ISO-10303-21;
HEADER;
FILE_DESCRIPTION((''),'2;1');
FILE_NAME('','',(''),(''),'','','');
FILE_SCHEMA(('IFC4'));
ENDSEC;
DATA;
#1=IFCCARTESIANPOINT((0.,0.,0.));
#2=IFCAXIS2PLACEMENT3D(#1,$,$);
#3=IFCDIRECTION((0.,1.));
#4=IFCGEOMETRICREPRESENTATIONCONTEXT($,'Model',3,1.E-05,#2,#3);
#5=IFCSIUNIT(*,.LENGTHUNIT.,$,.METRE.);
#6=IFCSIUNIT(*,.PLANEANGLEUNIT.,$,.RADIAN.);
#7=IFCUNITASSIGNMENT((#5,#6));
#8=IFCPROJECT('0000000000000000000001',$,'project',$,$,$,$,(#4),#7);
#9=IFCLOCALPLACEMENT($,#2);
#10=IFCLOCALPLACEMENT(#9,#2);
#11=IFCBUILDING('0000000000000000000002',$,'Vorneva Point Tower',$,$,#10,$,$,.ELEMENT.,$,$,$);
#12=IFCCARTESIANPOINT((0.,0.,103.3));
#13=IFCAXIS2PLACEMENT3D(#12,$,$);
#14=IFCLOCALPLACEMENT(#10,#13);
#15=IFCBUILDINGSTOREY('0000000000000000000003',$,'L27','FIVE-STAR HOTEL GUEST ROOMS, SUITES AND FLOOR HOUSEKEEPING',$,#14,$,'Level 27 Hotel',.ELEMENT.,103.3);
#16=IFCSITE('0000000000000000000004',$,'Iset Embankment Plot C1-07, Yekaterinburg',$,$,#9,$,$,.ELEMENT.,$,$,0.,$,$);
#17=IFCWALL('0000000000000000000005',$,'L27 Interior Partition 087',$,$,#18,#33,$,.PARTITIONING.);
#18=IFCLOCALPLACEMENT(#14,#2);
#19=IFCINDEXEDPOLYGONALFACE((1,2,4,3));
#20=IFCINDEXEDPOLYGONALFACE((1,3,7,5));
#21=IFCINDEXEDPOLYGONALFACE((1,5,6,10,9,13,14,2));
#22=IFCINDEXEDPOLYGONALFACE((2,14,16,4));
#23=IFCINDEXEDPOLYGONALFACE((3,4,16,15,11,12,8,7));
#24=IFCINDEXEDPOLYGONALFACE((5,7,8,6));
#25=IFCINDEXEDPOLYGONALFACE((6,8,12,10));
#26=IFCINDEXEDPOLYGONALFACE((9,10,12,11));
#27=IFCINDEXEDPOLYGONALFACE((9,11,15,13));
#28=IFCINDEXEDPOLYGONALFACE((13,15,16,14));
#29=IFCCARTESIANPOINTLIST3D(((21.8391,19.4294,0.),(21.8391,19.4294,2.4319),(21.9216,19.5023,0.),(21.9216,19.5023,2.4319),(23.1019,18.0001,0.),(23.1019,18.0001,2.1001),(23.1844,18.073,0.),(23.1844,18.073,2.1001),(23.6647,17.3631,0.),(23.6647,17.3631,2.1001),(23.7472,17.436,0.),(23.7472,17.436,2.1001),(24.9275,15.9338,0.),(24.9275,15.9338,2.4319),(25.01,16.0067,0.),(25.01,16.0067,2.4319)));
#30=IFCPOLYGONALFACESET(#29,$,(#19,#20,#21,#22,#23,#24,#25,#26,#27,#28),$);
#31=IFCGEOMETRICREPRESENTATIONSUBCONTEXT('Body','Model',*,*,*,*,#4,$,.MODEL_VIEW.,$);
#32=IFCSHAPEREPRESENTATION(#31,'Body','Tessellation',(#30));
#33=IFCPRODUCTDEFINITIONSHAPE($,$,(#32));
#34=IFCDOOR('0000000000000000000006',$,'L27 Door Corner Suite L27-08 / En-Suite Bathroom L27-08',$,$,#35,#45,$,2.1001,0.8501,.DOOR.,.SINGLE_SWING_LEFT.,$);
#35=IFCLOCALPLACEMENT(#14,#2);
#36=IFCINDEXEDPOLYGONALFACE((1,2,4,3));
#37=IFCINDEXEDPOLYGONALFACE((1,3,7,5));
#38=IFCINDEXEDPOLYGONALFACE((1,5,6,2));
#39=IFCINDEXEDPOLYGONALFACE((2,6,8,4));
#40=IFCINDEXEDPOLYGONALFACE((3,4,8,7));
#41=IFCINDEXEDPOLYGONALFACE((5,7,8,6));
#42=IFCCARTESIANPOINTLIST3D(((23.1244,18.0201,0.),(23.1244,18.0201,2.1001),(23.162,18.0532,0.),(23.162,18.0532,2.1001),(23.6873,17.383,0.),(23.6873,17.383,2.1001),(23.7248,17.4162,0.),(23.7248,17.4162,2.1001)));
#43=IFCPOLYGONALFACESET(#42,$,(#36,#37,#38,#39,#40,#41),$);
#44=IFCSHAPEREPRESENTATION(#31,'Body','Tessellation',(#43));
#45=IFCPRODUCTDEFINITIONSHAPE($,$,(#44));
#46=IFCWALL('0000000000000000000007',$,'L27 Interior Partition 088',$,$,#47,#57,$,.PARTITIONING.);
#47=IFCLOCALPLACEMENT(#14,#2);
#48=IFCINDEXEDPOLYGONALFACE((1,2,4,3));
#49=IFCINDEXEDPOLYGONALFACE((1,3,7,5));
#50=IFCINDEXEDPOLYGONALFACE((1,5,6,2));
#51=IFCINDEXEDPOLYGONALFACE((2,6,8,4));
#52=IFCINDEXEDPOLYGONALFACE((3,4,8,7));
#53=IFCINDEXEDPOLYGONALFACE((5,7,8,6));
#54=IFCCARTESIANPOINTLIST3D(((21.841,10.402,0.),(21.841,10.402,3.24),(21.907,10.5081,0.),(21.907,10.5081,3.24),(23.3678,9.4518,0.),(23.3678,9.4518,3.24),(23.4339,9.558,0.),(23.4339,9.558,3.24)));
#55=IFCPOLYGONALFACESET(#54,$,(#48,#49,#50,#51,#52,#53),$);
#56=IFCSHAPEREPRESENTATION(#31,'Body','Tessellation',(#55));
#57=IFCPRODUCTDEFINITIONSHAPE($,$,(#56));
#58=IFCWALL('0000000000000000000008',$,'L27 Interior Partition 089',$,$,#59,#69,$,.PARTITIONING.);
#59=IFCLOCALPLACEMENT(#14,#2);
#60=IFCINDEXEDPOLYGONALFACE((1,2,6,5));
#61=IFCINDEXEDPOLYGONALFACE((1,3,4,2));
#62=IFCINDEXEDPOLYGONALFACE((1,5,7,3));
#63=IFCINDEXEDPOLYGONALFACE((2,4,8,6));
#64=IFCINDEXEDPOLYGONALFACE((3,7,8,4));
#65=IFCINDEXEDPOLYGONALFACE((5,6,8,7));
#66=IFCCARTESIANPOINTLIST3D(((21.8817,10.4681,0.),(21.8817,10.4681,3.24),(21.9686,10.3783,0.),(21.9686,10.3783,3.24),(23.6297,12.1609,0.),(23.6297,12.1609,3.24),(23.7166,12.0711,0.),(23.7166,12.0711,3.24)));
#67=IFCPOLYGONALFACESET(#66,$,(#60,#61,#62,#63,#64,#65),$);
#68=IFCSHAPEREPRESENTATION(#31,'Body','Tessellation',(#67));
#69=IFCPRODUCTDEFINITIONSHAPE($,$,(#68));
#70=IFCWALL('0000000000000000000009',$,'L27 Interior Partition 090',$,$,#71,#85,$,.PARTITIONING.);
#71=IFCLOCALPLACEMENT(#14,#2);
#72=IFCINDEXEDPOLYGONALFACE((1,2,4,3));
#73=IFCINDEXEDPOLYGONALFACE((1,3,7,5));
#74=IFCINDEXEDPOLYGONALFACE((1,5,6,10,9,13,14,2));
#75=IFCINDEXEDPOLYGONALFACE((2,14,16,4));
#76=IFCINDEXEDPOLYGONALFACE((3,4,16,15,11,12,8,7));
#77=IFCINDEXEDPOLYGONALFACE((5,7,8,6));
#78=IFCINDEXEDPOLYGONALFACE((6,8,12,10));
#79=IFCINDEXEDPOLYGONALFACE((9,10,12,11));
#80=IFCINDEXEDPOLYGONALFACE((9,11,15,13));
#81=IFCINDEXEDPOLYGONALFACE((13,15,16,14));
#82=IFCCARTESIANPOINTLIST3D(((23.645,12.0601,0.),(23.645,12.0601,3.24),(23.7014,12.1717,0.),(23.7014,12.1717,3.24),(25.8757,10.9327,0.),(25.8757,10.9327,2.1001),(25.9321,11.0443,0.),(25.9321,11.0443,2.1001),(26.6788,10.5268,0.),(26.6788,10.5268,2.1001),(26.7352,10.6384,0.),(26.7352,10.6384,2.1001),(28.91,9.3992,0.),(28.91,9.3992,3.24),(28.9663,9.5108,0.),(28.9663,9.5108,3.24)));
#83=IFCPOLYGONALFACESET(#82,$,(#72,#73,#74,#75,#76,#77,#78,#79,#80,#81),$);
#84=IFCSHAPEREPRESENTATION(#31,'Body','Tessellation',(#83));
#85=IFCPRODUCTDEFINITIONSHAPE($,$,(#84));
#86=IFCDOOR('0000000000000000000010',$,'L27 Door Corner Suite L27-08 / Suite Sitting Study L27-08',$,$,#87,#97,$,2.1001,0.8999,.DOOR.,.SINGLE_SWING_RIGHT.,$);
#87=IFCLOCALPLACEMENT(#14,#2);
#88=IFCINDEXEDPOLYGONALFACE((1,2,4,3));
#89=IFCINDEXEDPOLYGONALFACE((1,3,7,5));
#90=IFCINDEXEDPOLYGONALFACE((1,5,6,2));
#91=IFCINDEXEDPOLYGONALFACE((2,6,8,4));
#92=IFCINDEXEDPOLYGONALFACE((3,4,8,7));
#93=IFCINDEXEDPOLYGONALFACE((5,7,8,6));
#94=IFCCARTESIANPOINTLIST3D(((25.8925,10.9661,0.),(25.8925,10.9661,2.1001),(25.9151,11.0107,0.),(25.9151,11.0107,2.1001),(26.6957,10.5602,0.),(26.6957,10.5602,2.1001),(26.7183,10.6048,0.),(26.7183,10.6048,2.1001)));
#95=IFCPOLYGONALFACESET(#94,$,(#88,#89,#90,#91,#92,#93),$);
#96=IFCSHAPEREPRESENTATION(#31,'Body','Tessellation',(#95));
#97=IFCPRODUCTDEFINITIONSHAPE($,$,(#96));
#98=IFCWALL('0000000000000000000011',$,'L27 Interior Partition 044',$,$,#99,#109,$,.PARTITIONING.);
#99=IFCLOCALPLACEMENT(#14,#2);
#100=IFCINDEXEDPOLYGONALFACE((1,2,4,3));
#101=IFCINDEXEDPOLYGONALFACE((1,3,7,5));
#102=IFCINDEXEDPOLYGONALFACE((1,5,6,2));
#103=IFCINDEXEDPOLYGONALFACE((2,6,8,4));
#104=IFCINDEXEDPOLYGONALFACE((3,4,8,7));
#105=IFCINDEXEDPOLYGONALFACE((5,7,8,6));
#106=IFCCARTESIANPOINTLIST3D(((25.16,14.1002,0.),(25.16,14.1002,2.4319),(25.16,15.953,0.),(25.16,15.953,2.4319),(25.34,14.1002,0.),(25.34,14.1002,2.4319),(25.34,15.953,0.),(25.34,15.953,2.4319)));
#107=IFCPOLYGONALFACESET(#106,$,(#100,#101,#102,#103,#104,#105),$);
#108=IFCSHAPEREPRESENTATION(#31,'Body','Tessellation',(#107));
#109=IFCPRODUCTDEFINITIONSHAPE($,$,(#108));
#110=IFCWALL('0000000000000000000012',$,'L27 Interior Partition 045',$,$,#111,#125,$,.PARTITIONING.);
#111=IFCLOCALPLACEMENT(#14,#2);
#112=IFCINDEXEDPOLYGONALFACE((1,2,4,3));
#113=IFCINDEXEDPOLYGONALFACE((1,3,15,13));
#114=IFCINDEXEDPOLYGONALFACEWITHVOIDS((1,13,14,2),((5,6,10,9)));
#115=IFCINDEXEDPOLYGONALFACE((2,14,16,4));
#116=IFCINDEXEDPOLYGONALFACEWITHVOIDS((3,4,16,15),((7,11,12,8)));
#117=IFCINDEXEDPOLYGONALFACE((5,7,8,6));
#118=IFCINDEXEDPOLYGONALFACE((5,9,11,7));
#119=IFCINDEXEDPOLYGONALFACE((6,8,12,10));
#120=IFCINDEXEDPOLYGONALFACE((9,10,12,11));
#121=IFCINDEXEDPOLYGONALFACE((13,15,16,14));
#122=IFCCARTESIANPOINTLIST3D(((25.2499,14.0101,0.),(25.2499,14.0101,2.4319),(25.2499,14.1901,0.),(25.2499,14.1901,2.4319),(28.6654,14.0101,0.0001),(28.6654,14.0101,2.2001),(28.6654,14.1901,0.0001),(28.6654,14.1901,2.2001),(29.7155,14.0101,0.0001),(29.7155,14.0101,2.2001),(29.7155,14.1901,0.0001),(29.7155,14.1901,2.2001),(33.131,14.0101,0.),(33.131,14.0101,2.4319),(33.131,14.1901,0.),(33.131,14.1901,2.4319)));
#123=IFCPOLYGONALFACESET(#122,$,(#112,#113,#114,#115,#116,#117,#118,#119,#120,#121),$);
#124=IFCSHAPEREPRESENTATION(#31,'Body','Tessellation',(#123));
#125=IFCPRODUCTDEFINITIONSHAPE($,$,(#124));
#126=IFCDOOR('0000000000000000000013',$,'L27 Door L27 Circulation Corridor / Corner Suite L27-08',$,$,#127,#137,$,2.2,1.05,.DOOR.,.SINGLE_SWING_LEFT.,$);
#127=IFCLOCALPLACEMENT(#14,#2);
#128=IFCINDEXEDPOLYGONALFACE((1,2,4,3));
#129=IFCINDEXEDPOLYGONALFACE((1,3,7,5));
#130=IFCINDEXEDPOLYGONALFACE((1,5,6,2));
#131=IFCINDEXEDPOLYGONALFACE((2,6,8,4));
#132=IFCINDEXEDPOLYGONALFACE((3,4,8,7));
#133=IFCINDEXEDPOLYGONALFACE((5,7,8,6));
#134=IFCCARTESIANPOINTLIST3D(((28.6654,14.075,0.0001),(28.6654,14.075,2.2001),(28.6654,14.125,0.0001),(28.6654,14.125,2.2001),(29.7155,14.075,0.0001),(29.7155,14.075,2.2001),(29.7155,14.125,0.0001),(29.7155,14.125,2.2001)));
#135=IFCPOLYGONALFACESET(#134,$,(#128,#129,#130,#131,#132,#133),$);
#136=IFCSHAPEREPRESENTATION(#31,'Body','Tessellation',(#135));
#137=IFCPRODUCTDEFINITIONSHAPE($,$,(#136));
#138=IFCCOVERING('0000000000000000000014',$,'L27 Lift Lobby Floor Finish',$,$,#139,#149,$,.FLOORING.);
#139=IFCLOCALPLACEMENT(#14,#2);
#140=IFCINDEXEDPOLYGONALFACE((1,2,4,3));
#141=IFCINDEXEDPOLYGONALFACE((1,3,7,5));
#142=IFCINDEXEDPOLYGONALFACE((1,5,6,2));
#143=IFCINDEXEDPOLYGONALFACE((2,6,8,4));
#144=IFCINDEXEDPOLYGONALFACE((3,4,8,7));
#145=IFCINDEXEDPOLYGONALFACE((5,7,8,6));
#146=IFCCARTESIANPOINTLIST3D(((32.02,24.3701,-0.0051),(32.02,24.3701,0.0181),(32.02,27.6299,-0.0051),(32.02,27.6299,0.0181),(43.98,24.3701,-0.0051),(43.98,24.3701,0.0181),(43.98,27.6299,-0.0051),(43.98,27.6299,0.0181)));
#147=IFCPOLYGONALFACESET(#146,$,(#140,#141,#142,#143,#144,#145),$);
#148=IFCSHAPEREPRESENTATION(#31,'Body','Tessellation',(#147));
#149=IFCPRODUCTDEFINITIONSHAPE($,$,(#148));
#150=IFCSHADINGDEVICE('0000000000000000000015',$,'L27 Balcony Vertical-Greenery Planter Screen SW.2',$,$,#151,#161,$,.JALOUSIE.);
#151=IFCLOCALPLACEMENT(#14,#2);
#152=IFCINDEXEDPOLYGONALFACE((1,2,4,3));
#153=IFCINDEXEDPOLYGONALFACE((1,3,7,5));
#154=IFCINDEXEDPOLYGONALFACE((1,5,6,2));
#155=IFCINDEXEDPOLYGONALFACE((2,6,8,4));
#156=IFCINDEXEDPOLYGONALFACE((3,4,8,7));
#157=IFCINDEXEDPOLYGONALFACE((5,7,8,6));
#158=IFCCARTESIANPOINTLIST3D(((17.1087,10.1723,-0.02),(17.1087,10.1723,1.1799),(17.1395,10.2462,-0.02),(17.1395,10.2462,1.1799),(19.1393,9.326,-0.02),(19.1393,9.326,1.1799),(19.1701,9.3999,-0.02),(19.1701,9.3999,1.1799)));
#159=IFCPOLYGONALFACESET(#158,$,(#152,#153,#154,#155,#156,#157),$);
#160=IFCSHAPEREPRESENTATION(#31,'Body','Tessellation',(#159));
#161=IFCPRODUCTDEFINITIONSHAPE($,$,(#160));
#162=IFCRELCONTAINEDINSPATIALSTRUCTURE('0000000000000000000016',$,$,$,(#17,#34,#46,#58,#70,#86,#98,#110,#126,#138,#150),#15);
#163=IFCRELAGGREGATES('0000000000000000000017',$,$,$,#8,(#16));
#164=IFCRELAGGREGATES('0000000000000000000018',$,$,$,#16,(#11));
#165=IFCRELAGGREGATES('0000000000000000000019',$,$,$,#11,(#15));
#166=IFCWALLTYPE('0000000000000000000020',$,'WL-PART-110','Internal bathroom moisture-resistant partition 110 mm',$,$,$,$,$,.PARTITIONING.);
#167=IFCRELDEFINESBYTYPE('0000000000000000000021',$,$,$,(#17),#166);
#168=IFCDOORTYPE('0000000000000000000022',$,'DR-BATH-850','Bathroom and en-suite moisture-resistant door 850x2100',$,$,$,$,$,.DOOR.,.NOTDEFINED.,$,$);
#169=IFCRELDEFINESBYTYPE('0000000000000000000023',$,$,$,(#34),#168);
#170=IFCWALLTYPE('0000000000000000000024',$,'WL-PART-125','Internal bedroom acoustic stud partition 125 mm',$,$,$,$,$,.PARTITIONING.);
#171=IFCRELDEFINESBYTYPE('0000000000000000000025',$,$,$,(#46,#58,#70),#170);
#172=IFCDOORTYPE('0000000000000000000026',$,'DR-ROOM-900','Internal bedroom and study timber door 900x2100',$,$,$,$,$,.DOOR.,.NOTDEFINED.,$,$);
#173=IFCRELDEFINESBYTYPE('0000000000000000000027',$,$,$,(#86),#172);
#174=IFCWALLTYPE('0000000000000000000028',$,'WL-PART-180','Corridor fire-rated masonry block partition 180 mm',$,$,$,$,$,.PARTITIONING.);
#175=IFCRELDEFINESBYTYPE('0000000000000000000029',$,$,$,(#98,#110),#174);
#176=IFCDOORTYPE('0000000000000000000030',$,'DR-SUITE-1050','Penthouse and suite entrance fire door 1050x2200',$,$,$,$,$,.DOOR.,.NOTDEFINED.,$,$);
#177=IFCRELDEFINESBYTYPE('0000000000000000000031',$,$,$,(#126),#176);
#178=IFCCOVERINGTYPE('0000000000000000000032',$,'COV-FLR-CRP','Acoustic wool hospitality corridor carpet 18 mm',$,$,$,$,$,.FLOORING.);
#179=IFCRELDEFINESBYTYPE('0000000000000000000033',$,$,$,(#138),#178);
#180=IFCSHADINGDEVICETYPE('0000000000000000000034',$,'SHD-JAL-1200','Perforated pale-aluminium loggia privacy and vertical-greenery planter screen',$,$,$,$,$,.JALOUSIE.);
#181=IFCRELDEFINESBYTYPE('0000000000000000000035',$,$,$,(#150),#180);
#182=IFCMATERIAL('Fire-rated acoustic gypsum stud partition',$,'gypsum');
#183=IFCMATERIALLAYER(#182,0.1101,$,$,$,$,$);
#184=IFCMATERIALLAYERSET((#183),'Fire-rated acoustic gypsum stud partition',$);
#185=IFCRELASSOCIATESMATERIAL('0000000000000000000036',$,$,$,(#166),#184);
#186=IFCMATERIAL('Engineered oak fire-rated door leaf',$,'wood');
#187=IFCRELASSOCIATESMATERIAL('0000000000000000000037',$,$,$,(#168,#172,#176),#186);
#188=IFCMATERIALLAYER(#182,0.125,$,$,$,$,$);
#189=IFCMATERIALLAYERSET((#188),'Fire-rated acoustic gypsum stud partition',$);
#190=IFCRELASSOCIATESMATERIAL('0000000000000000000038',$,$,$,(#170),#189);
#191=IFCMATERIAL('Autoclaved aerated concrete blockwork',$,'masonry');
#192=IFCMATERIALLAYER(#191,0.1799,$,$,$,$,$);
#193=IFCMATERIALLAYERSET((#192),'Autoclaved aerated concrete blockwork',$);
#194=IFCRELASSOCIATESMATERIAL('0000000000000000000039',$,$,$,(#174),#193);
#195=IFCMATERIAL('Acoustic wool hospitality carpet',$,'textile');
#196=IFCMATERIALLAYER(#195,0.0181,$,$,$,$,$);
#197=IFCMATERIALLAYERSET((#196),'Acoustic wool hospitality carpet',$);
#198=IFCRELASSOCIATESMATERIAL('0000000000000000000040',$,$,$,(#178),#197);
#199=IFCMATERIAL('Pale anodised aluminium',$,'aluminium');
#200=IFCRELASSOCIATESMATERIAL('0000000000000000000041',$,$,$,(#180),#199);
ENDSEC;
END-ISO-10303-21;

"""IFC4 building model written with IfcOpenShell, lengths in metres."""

from ifc_helpers import new_model, si_unit, direction, frame, frame_2d, origin, origin_2d, place, context, subcontext, project, spatial, polyline, rectangle, outline, extrude, material, layer, layer_set, type_object, element, fill, save


model = new_model("IFC4")

# Units and contexts
model_context = context("Model", 3, precision=1e-05, world=origin(), true_north=direction((0.0, 1.0)))
body_context = subcontext(model_context, "Body", "Model", "MODEL_VIEW")
ifc_project = project(units=[si_unit("LENGTHUNIT", "METRE"), si_unit("PLANEANGLEUNIT", "RADIAN")], contexts=[model_context])

# Site, building, storey
site_placement = place(None, origin())
site = spatial("IfcSite", under=ifc_project, at=site_placement, Name="Iset Embankment Plot C1-07, Yekaterinburg", CompositionType="ELEMENT", RefElevation=0.0)
building_placement = place(site_placement, origin())
building = spatial("IfcBuilding", under=site, at=building_placement, Name="Vorneva Point Tower", CompositionType="ELEMENT")
storey_placement = place(building_placement, frame((0.0, 0.0, 103.3)))
storey = spatial("IfcBuildingStorey", under=building, at=storey_placement, Name="L27", Description="FIVE-STAR HOTEL GUEST ROOMS, SUITES AND FLOOR HOUSEKEEPING", LongName="Level 27 Hotel", CompositionType="ELEMENT", Elevation=103.3)

# Shared definitions
ifc_material_1 = material(Name="Pale anodised aluminium", Category="aluminium")

# Wall, opening, door
ifc_material_2 = material(Name="Fire-rated acoustic gypsum stud partition", Category="gypsum")
ifc_layer_1 = layer(ifc_material_2, 0.1101)
ifc_layer_set_1 = layer_set([ifc_layer_1], Name="Fire-rated acoustic gypsum stud partition")
wall_type_1 = type_object("IfcWallType", Name="WL-PART-110", Description="Internal bathroom moisture-resistant partition 110 mm", PredefinedType="PARTITIONING", material=ifc_layer_set_1)
wall_1_placement = place(storey_placement, frame((24.9688, 15.9702, 0.0), z_axis=(0.0, 0.0, 1.0), x_axis=(-0.662106, 0.74941, 0.0)))
wall_1 = element("IfcWall", 1, at=wall_1_placement, inside=storey, type_object=wall_type_1, Name="L27 Interior Partition 087", PredefinedType="PARTITIONING", context=body_context, shape_type="SweptSolid", body=[
    extrude(rectangle(XDim=4.6646, YDim=0.1101, at=frame_2d((2.3323, 0.0))), origin(), (0.0, 0.0, 1.0), 2.4319),
])
opening_1_placement = place(wall_1_placement, frame((1.9072, 0.0, 0.0)))
opening_1 = element("IfcOpeningElement", 2, at=opening_1_placement, cuts=wall_1, PredefinedType="OPENING", context=body_context, shape_type="SweptSolid", body=[
    extrude(rectangle(XDim=0.8501, YDim=2.1001, at=frame_2d((0.425, 1.05))), frame((0.0, 0.0698, 0.0), z_axis=(0.0, -1.0, 0.0), x_axis=(1.0, 0.0, 0.0)), (0.0, 0.0, 1.0), 0.1399),
])
ifc_material_3 = material(Name="Engineered oak fire-rated door leaf", Category="wood")
door_type_1 = type_object("IfcDoorType", Name="DR-BATH-850", Description="Bathroom and en-suite moisture-resistant door 850x2100", OperationType="NOTDEFINED", PredefinedType="DOOR", material=ifc_material_3)
door_1_placement = place(opening_1_placement, origin())
door_1 = element("IfcDoor", 3, at=door_1_placement, inside=storey, type_object=door_type_1, Name="L27 Door Corner Suite L27-08 / En-Suite Bathroom L27-08", OperationType="SINGLE_SWING_LEFT", OverallHeight=2.1001, OverallWidth=0.8501, PredefinedType="DOOR", context=body_context, shape_type="SweptSolid", body=[
    extrude(rectangle(XDim=0.8501, YDim=2.1001, at=frame_2d((0.425, 1.05))), frame((0.0, 0.0249, 0.0), z_axis=(0.0, -1.0, 0.0), x_axis=(1.0, 0.0, 0.0)), (0.0, 0.0, 1.0), 0.05),
])
fill(opening_1, door_1)

# Walls
ifc_layer_2 = layer(ifc_material_2, 0.125)
ifc_layer_set_2 = layer_set([ifc_layer_2], Name="Fire-rated acoustic gypsum stud partition")
wall_type_2 = type_object("IfcWallType", Name="WL-PART-125", Description="Internal bedroom acoustic stud partition 125 mm", PredefinedType="PARTITIONING", material=ifc_layer_set_2)
wall_2_placement = place(storey_placement, frame((21.874, 10.4551, 0.0), z_axis=(0.0, 0.0, 1.0), x_axis=(0.849019, -0.528363, 0.0)))
element("IfcWall", 4, at=wall_2_placement, inside=storey, type_object=wall_type_2, Name="L27 Interior Partition 088", PredefinedType="PARTITIONING", context=body_context, shape_type="SweptSolid", body=[
    extrude(rectangle(XDim=1.7983, YDim=0.125, at=frame_2d((0.8992, 0.0))), origin(), (0.0, 0.0, 1.0), 3.24),
])
wall_3_placement = place(storey_placement, frame((21.925, 10.4231, 0.0), z_axis=(0.0, 0.0, 1.0), x_axis=(0.718353, 0.695679, 0.0)))
element("IfcWall", 5, at=wall_3_placement, inside=storey, type_object=wall_type_2, Name="L27 Interior Partition 089", PredefinedType="PARTITIONING", context=body_context, shape_type="SweptSolid", body=[
    extrude(rectangle(XDim=2.4333, YDim=0.125, at=frame_2d((1.2168, 0.0))), origin(), (0.0, 0.0, 1.0), 3.24),
])

# Wall, opening, door
wall_4_placement = place(storey_placement, frame((23.6731, 12.116, 0.0), z_axis=(0.0, 0.0, 1.0), x_axis=(0.89249, -0.451067, 0.0)))
wall_4 = element("IfcWall", 6, at=wall_4_placement, inside=storey, type_object=wall_type_2, Name="L27 Interior Partition 090", PredefinedType="PARTITIONING", context=body_context, shape_type="SweptSolid", body=[
    extrude(rectangle(XDim=5.8992, YDim=0.125, at=frame_2d((2.9497, 0.0))), origin(), (0.0, 0.0, 1.0), 3.24),
])
opening_2_placement = place(wall_4_placement, frame((2.4995, 0.0, 0.0)))
opening_2 = element("IfcOpeningElement", 7, at=opening_2_placement, cuts=wall_4, PredefinedType="OPENING", context=body_context, shape_type="SweptSolid", body=[
    extrude(rectangle(XDim=0.8999, YDim=2.1001, at=frame_2d((0.45, 1.05))), frame((0.0, 0.0774, 0.0), z_axis=(0.0, -1.0, 0.0), x_axis=(1.0, 0.0, 0.0)), (0.0, 0.0, 1.0), 0.1548),
])
door_type_2 = type_object("IfcDoorType", Name="DR-ROOM-900", Description="Internal bedroom and study timber door 900x2100", OperationType="NOTDEFINED", PredefinedType="DOOR", material=ifc_material_3)
door_2_placement = place(opening_2_placement, origin())
door_2 = element("IfcDoor", 8, at=door_2_placement, inside=storey, type_object=door_type_2, Name="L27 Door Corner Suite L27-08 / Suite Sitting Study L27-08", OperationType="SINGLE_SWING_RIGHT", OverallHeight=2.1001, OverallWidth=0.8999, PredefinedType="DOOR", context=body_context, shape_type="SweptSolid", body=[
    extrude(rectangle(XDim=0.8999, YDim=2.1001, at=frame_2d((0.45, 1.05))), frame((0.0, 0.0249, 0.0), z_axis=(0.0, -1.0, 0.0), x_axis=(1.0, 0.0, 0.0)), (0.0, 0.0, 1.0), 0.05),
])
fill(opening_2, door_2)

# Wall
ifc_material_4 = material(Name="Autoclaved aerated concrete blockwork", Category="masonry")
ifc_layer_3 = layer(ifc_material_4, 0.1799)
ifc_layer_set_3 = layer_set([ifc_layer_3], Name="Autoclaved aerated concrete blockwork")
wall_type_3 = type_object("IfcWallType", Name="WL-PART-180", Description="Corridor fire-rated masonry block partition 180 mm", PredefinedType="PARTITIONING", material=ifc_layer_set_3)
wall_5_placement = place(storey_placement, frame((25.25, 15.9529, 0.0), z_axis=(0.0, 0.0, 1.0), x_axis=(0.0, -1.0, 0.0)))
element("IfcWall", 9, at=wall_5_placement, inside=storey, type_object=wall_type_3, Name="L27 Interior Partition 044", PredefinedType="PARTITIONING", context=body_context, shape_type="SweptSolid", body=[
    extrude(rectangle(XDim=1.8528, YDim=0.1799, at=frame_2d((0.9263, 0.0))), origin(), (0.0, 0.0, 1.0), 2.4319),
])

# Wall, opening, door
wall_6_placement = place(storey_placement, frame((25.25, 14.1001, 0.0), z_axis=(0.0, 0.0, 1.0), x_axis=(1.0, 0.0, 0.0)))
wall_6 = element("IfcWall", 10, at=wall_6_placement, inside=storey, type_object=wall_type_3, Name="L27 Interior Partition 045", PredefinedType="PARTITIONING", context=body_context, shape_type="SweptSolid", body=[
    extrude(rectangle(XDim=7.8811, YDim=0.1799, at=frame_2d((3.9404, 0.0))), origin(), (0.0, 0.0, 1.0), 2.4319),
])
opening_3_placement = place(wall_6_placement, frame((3.4155, 0.0, 0.0)))
opening_3 = element("IfcOpeningElement", 11, at=opening_3_placement, cuts=wall_6, PredefinedType="OPENING", context=body_context, shape_type="SweptSolid", body=[
    extrude(rectangle(XDim=1.05, YDim=2.2, at=frame_2d((0.5249, 1.1001))), frame((0.0, 0.105, 0.0), z_axis=(0.0, -1.0, 0.0), x_axis=(1.0, 0.0, 0.0)), (0.0, 0.0, 1.0), 0.2097),
])
door_type_3 = type_object("IfcDoorType", Name="DR-SUITE-1050", Description="Penthouse and suite entrance fire door 1050x2200", OperationType="NOTDEFINED", PredefinedType="DOOR", material=ifc_material_3)
door_3_placement = place(opening_3_placement, origin())
door_3 = element("IfcDoor", 12, at=door_3_placement, inside=storey, type_object=door_type_3, Name="L27 Door L27 Circulation Corridor / Corner Suite L27-08", OperationType="SINGLE_SWING_LEFT", OverallHeight=2.2, OverallWidth=1.05, PredefinedType="DOOR", context=body_context, shape_type="SweptSolid", body=[
    extrude(rectangle(XDim=1.05, YDim=2.2, at=frame_2d((0.5249, 1.1001))), frame((0.0, 0.0249, 0.0), z_axis=(0.0, -1.0, 0.0), x_axis=(1.0, 0.0, 0.0)), (0.0, 0.0, 1.0), 0.05),
])
fill(opening_3, door_3)

# Covering
ifc_material_5 = material(Name="Acoustic wool hospitality carpet", Category="textile")
ifc_layer_4 = layer(ifc_material_5, 0.0181)
ifc_layer_set_4 = layer_set([ifc_layer_4], Name="Acoustic wool hospitality carpet")
covering_type = type_object("IfcCoveringType", Name="COV-FLR-CRP", Description="Acoustic wool hospitality corridor carpet 18 mm", PredefinedType="FLOORING", material=ifc_layer_set_4)
covering_placement = place(storey_placement, frame((0.0, 0.0, -0.0051)))
element("IfcCovering", 13, at=covering_placement, inside=storey, type_object=covering_type, Name="L27 Lift Lobby Floor Finish", PredefinedType="FLOORING", context=body_context, shape_type="SweptSolid", body=[
    extrude(outline(polyline([(32.02, 24.3701), (43.98, 24.3701), (43.98, 27.6299), (32.02, 27.6299), (32.02, 24.3701)])), origin(), (0.0, 0.0, 1.0), 0.0232),
])

# Shading device
shading_device_type = type_object("IfcShadingDeviceType", Name="SHD-JAL-1200", Description="Perforated pale-aluminium loggia privacy and vertical-greenery planter screen", PredefinedType="JALOUSIE", material=ifc_material_1)
shading_device_placement = place(storey_placement, frame((18.1394, 9.7861, -0.02), z_axis=(0.0, 0.0, 1.0), x_axis=(0.923042, -0.384698, 0.0)))
element("IfcShadingDevice", 14, at=shading_device_placement, inside=storey, type_object=shading_device_type, Name="L27 Balcony Vertical-Greenery Planter Screen SW.2", PredefinedType="JALOUSIE", context=body_context, shape_type="SweptSolid", body=[
    extrude(rectangle(XDim=2.2, YDim=0.0801, at=origin_2d()), origin(), (0.0, 0.0, 1.0), 1.2),
])

save(model, "model.ifc")
